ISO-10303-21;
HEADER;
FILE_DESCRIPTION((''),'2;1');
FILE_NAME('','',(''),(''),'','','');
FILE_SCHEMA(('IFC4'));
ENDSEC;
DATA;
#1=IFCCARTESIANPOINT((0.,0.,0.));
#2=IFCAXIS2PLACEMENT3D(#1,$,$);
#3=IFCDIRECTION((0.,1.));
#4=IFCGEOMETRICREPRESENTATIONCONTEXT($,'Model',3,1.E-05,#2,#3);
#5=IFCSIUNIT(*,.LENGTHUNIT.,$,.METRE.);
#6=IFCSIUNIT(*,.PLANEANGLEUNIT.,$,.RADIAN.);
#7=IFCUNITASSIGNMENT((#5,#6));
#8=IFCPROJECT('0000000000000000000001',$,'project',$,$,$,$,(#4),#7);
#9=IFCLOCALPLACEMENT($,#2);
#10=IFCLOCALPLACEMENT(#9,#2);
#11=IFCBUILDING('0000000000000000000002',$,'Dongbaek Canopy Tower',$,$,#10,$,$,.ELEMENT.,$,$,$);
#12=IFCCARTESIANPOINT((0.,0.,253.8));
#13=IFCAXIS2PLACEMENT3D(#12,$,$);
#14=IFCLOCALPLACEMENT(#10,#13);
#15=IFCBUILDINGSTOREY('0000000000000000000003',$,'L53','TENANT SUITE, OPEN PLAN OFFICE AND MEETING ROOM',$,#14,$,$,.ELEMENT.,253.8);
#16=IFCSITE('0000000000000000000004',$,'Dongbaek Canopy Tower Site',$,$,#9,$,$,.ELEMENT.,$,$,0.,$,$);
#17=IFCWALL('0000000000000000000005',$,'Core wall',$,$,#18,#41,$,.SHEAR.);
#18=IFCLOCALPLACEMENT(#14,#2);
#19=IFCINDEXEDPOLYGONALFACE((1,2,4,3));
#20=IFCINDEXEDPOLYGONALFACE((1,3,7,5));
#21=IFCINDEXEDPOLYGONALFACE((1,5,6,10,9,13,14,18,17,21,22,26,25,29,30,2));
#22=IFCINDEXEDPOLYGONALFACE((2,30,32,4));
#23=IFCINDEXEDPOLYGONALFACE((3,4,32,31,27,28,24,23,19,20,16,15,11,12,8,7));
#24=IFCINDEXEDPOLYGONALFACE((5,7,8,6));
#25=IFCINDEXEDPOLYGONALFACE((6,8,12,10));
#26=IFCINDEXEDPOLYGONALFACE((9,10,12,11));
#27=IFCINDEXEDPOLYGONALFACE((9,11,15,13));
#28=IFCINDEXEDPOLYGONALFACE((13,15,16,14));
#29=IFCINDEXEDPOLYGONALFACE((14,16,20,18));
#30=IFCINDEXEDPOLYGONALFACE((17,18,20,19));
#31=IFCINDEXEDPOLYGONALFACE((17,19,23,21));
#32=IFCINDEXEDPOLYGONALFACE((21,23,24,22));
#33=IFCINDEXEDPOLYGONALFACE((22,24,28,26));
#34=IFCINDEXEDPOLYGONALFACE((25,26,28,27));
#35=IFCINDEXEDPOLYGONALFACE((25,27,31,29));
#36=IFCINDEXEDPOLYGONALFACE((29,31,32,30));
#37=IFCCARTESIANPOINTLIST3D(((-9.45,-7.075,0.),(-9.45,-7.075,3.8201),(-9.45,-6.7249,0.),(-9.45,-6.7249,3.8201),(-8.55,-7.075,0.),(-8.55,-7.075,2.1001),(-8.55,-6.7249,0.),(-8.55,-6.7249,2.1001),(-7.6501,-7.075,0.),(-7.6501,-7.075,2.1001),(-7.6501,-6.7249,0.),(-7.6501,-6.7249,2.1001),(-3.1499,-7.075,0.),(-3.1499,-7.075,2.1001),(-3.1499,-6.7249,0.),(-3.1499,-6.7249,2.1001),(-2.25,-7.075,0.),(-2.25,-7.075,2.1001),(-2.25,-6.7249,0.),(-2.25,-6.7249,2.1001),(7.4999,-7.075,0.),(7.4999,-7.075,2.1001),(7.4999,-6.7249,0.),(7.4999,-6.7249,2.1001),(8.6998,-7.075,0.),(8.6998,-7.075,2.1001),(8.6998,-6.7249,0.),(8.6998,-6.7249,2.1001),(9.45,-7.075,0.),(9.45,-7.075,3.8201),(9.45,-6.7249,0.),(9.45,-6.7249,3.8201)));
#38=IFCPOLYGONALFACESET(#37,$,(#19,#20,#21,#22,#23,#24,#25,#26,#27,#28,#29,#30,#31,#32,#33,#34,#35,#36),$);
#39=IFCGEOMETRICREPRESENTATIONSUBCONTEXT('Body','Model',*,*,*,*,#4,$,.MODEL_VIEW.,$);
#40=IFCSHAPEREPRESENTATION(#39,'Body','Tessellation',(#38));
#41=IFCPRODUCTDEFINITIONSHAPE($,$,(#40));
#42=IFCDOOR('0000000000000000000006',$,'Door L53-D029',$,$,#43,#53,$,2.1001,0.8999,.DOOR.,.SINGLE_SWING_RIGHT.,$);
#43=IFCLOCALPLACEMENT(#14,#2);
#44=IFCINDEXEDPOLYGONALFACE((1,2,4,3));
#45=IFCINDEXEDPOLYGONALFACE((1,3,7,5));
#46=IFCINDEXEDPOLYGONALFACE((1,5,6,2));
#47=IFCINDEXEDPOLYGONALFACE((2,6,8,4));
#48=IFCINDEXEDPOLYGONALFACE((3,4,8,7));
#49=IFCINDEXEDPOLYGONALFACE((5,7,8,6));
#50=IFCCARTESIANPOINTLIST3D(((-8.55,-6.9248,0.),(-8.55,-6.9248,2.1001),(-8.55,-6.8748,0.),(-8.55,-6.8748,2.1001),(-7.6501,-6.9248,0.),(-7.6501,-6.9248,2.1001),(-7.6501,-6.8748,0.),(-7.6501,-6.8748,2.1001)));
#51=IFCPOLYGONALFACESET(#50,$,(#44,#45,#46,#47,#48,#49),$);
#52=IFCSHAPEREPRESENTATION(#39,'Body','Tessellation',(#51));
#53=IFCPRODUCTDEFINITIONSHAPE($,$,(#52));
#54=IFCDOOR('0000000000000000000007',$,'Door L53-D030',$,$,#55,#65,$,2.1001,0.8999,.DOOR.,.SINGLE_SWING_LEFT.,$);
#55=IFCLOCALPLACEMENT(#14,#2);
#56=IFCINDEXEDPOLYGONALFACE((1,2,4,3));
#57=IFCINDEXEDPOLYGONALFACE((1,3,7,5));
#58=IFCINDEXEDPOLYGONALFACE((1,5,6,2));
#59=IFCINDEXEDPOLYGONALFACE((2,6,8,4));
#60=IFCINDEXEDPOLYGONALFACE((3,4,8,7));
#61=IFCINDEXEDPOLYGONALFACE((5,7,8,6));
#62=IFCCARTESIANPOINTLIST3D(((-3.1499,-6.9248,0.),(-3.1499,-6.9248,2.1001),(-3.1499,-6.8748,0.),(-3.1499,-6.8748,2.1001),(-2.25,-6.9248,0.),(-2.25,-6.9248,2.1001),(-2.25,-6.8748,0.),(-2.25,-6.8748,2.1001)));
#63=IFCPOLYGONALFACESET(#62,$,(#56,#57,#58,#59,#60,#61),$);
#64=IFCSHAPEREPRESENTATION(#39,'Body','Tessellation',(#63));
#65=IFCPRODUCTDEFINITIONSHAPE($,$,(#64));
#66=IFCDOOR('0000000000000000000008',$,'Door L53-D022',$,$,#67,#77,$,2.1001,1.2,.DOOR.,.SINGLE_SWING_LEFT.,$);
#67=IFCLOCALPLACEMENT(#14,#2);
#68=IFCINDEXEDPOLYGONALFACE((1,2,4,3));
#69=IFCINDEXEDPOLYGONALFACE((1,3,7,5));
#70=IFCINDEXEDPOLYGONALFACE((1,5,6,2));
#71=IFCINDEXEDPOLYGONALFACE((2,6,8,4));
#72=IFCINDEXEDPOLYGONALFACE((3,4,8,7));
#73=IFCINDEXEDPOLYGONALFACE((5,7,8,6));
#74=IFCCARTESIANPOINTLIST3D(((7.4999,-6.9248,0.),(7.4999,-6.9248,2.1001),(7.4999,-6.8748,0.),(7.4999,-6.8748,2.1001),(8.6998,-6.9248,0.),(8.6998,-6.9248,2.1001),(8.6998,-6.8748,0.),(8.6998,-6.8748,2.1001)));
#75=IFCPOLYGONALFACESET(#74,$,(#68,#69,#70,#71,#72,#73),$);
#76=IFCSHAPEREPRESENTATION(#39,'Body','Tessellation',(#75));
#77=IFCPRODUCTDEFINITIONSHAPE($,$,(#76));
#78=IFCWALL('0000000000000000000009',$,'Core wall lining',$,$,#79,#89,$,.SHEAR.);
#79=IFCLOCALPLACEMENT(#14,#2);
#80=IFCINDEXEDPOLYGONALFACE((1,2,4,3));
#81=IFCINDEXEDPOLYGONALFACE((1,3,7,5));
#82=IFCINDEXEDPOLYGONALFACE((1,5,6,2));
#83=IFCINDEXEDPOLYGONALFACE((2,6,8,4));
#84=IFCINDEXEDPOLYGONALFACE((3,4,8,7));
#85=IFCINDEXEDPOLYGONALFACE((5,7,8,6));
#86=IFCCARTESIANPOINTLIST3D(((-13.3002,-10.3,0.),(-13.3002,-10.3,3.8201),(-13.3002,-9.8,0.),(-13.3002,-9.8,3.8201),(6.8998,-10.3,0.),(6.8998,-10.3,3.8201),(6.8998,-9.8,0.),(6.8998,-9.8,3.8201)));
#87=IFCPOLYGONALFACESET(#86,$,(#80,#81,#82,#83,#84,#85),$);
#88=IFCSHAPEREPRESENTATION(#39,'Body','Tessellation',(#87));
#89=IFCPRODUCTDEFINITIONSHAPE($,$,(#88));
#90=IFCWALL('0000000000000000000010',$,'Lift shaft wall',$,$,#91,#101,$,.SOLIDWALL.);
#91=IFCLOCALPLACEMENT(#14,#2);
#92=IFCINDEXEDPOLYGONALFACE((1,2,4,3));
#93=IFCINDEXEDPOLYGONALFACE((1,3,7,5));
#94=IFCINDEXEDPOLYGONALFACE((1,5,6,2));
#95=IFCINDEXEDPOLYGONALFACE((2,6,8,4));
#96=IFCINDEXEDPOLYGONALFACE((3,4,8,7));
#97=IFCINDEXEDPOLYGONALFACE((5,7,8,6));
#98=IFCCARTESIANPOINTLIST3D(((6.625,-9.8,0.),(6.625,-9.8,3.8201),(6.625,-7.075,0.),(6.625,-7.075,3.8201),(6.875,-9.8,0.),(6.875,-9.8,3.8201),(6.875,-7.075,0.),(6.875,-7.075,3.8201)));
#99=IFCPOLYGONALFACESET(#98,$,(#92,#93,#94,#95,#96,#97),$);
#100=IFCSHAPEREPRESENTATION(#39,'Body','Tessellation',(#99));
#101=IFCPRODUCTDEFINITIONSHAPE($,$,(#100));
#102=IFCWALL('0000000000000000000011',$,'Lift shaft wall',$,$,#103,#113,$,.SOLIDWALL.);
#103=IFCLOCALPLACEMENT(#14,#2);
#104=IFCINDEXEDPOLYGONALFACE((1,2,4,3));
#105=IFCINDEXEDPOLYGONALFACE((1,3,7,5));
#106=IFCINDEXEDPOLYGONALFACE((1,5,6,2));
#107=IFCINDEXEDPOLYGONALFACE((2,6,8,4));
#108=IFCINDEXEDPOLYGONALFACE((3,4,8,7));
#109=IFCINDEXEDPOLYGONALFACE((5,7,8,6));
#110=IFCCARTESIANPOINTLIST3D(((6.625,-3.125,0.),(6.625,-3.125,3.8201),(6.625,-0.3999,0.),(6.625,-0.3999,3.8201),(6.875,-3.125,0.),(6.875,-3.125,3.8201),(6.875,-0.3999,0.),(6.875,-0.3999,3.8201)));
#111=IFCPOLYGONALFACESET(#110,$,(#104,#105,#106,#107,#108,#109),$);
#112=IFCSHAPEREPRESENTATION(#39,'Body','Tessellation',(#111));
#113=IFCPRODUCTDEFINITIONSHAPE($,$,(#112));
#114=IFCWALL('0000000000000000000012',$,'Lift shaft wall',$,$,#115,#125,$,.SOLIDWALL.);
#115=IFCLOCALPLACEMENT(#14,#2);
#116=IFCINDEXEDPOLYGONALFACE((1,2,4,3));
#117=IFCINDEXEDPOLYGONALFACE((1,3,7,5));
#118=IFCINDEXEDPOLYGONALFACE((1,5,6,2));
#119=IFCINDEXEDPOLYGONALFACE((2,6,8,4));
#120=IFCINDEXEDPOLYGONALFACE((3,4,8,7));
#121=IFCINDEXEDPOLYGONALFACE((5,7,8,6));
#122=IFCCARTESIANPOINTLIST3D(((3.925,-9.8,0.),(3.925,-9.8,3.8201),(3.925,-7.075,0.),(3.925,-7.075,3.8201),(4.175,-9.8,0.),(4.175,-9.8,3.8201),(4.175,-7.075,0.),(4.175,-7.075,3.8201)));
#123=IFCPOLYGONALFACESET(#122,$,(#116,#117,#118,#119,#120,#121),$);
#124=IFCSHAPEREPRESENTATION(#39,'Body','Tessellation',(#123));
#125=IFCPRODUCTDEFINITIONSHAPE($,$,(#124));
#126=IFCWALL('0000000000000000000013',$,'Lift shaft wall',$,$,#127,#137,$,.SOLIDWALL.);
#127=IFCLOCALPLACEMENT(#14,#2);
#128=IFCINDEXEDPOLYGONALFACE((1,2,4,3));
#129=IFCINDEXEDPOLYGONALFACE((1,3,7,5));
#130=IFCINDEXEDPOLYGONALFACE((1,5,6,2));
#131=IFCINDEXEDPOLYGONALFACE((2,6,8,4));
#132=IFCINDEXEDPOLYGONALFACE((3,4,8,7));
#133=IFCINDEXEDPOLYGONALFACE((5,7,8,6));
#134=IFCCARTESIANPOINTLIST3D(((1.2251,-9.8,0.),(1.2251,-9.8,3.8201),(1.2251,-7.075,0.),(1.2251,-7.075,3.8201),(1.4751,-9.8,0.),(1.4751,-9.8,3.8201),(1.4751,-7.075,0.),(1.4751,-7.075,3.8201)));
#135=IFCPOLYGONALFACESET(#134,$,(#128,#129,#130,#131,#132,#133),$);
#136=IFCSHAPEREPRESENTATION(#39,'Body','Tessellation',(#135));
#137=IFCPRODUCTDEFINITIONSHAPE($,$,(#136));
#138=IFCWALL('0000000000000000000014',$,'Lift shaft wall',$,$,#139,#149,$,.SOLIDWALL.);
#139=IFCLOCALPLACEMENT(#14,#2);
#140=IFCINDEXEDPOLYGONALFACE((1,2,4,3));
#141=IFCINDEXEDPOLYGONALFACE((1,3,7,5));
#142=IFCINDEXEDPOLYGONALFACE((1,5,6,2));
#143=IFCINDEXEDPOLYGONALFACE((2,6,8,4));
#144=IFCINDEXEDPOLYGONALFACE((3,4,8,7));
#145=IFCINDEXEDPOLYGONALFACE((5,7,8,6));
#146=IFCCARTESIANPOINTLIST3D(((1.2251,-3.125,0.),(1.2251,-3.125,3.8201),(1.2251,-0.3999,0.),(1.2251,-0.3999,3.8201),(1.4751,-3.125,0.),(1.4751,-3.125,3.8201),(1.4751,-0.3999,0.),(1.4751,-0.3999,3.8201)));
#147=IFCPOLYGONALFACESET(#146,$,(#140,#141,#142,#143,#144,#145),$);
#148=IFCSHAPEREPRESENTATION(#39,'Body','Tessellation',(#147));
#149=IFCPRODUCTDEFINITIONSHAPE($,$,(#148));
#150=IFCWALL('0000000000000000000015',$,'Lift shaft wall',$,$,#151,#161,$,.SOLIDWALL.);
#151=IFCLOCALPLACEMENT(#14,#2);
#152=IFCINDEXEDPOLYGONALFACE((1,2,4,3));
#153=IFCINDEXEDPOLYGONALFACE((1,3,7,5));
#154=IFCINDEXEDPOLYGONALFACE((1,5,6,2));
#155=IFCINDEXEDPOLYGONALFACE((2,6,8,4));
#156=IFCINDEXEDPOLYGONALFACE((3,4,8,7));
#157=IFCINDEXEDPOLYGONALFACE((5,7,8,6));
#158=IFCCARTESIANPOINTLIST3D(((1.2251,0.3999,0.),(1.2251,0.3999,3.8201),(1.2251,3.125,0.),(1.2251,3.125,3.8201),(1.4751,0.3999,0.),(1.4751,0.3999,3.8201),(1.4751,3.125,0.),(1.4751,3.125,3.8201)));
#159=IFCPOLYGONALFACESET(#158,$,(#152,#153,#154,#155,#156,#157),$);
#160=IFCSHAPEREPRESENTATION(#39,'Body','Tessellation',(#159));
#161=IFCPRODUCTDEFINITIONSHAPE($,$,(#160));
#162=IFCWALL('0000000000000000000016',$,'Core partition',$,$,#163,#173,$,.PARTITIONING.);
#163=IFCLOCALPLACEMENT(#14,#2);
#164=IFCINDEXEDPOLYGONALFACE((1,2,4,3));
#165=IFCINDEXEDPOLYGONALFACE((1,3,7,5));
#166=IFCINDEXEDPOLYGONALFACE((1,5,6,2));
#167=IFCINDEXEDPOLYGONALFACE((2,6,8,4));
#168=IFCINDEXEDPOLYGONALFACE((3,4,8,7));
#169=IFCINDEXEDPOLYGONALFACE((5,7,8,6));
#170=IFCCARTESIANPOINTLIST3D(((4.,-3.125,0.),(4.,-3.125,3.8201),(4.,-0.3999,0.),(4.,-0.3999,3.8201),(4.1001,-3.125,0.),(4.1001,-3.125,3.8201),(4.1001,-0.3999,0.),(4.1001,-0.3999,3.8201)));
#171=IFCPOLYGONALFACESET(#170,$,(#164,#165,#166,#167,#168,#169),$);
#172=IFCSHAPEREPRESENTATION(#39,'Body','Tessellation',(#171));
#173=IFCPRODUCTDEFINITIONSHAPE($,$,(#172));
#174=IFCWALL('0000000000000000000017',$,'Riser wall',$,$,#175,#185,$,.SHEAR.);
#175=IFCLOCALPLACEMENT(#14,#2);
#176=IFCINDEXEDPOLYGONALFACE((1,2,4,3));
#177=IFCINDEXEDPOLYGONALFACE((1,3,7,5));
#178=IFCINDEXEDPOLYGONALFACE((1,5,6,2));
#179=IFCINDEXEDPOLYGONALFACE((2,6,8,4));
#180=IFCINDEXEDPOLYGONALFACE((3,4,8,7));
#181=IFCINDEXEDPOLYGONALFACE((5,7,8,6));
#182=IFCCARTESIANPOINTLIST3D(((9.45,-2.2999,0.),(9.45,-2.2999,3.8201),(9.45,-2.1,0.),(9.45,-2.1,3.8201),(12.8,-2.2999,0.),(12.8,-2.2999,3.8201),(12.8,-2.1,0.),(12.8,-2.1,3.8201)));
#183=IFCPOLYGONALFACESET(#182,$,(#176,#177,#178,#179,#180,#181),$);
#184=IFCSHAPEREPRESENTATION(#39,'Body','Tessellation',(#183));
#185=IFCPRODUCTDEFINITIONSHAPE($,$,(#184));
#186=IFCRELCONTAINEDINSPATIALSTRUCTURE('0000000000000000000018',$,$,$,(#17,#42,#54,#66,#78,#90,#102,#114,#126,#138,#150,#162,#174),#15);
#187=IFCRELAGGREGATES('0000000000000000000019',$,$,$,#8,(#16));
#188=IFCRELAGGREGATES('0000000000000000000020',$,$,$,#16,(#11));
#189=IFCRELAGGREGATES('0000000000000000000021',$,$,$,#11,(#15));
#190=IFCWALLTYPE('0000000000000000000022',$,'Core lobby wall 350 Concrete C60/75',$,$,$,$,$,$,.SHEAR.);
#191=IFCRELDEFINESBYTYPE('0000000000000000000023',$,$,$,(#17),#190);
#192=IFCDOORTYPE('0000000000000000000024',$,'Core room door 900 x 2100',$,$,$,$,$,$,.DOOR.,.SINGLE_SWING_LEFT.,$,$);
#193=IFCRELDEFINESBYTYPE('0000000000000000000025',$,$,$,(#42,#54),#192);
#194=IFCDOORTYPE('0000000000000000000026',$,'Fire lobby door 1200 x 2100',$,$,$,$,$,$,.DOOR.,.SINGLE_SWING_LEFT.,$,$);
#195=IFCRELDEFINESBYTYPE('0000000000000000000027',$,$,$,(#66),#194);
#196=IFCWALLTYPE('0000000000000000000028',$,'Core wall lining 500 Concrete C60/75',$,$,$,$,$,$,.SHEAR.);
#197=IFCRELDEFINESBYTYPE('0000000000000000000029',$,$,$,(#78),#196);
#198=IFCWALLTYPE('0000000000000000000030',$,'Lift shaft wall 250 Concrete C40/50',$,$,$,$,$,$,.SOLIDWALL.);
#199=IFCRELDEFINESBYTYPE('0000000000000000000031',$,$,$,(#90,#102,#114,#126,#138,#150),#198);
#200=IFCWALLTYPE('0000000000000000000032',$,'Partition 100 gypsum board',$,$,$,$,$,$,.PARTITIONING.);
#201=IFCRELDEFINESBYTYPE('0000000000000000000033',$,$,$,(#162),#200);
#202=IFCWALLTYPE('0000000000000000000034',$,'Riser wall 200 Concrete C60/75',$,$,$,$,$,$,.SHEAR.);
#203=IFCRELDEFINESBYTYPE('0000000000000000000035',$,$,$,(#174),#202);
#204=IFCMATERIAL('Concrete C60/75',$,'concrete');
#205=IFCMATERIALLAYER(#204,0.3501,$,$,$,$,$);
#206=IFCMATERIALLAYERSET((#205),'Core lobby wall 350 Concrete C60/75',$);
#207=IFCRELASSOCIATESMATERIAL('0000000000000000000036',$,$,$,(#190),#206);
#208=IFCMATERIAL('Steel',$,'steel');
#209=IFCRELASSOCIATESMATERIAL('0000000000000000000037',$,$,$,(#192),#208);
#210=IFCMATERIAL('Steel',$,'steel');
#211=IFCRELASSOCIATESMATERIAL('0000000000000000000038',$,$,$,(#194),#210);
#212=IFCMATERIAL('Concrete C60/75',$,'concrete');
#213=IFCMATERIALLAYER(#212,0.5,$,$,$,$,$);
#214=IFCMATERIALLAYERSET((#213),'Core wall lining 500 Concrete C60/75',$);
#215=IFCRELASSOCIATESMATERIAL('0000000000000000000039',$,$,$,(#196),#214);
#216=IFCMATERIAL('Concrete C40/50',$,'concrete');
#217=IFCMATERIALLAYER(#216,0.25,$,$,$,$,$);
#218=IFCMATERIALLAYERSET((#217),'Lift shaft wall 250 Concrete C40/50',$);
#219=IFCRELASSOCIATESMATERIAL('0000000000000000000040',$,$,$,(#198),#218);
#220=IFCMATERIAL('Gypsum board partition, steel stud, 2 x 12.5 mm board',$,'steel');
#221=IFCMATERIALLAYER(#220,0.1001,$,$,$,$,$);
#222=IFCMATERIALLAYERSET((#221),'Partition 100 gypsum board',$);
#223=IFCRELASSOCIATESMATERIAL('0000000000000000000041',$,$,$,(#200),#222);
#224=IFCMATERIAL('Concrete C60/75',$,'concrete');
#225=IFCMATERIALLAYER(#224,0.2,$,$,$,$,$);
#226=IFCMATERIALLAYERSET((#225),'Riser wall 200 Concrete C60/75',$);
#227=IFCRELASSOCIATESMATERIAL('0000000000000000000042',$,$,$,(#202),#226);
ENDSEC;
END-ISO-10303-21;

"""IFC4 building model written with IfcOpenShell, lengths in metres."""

from ifc_helpers import new_model, si_unit, direction, frame, frame_2d, origin, place, context, subcontext, project, spatial, rectangle, extrude, material, layer, layer_set, type_object, element, fill, save


model = new_model("IFC4")

# Units and contexts
model_context = context("Model", 3, precision=1e-05, world=origin(), true_north=direction((0.0, 1.0)))
body_context = subcontext(model_context, "Body", "Model", "MODEL_VIEW")
ifc_project = project(units=[si_unit("LENGTHUNIT", "METRE"), si_unit("PLANEANGLEUNIT", "RADIAN")], contexts=[model_context])

# Site, building, storey
site_placement = place(None, origin())
site = spatial("IfcSite", under=ifc_project, at=site_placement, Name="Dongbaek Canopy Tower Site", CompositionType="ELEMENT", RefElevation=0.0)
building_placement = place(site_placement, origin())
building = spatial("IfcBuilding", under=site, at=building_placement, Name="Dongbaek Canopy Tower", CompositionType="ELEMENT")
storey_placement = place(building_placement, frame((0.0, 0.0, 253.8)))
storey = spatial("IfcBuildingStorey", under=building, at=storey_placement, Name="L53", Description="TENANT SUITE, OPEN PLAN OFFICE AND MEETING ROOM", CompositionType="ELEMENT", Elevation=253.8)

# Wall, openings, doors
ifc_material_1 = material(Name="Concrete C60/75", Category="concrete")
ifc_layer_1 = layer(ifc_material_1, 0.3501)
ifc_layer_set_1 = layer_set([ifc_layer_1], Name="Core lobby wall 350 Concrete C60/75")
wall_type_1 = type_object("IfcWallType", Name="Core lobby wall 350 Concrete C60/75", PredefinedType="SHEAR", material=ifc_layer_set_1)
wall_1_placement = place(storey_placement, frame((9.45, -6.8999, 0.0), z_axis=(0.0, 0.0, 1.0), x_axis=(-1.0, 0.0, 0.0)))
wall_1 = element("IfcWall", 1, at=wall_1_placement, inside=storey, type_object=wall_type_1, Name="Core wall", PredefinedType="SHEAR", context=body_context, shape_type="SweptSolid", body=[
    extrude(rectangle(XDim=18.8999, YDim=0.3501, at=frame_2d((9.45, 0.0))), origin(), (0.0, 0.0, 1.0), 3.8201),
])
opening_1_placement = place(wall_1_placement, frame((0.75, 0.0, 0.0)))
opening_1 = element("IfcOpeningElement", 2, at=opening_1_placement, cuts=wall_1, PredefinedType="OPENING", context=body_context, shape_type="SweptSolid", body=[
    extrude(rectangle(XDim=1.2, YDim=2.1001, at=frame_2d((0.6001, 1.05))), frame((0.0, 0.1851, 0.0), z_axis=(0.0, -1.0, 0.0), x_axis=(1.0, 0.0, 0.0)), (0.0, 0.0, 1.0), 0.3701),
])
opening_2_placement = place(wall_1_placement, frame((17.1001, 0.0, 0.0)))
opening_2 = element("IfcOpeningElement", 3, at=opening_2_placement, cuts=wall_1, PredefinedType="OPENING", context=body_context, shape_type="SweptSolid", body=[
    extrude(rectangle(XDim=0.8999, YDim=2.1001, at=frame_2d((0.45, 1.05))), frame((0.0, 0.1851, 0.0), z_axis=(0.0, -1.0, 0.0), x_axis=(1.0, 0.0, 0.0)), (0.0, 0.0, 1.0), 0.3701),
])
opening_3_placement = place(wall_1_placement, frame((11.7, 0.0, 0.0)))
opening_3 = element("IfcOpeningElement", 4, at=opening_3_placement, cuts=wall_1, PredefinedType="OPENING", context=body_context, shape_type="SweptSolid", body=[
    extrude(rectangle(XDim=0.8999, YDim=2.1001, at=frame_2d((0.45, 1.05))), frame((0.0, 0.1851, 0.0), z_axis=(0.0, -1.0, 0.0), x_axis=(1.0, 0.0, 0.0)), (0.0, 0.0, 1.0), 0.3701),
])
ifc_material_2 = material(Name="Steel", Category="steel")
door_type_1 = type_object("IfcDoorType", Name="Core room door 900 x 2100", OperationType="SINGLE_SWING_LEFT", PredefinedType="DOOR", material=ifc_material_2)
door_1_placement = place(opening_2_placement, origin())
door_1 = element("IfcDoor", 5, at=door_1_placement, inside=storey, type_object=door_type_1, Name="Door L53-D029", OperationType="SINGLE_SWING_RIGHT", OverallHeight=2.1001, OverallWidth=0.8999, PredefinedType="DOOR", context=body_context, shape_type="SweptSolid", body=[
    extrude(rectangle(XDim=0.8999, YDim=2.1001, at=frame_2d((0.45, 1.05))), frame((0.0, 0.0249, 0.0), z_axis=(0.0, -1.0, 0.0), x_axis=(1.0, 0.0, 0.0)), (0.0, 0.0, 1.0), 0.05),
])
fill(opening_2, door_1)
door_2_placement = place(opening_3_placement, origin())
door_2 = element("IfcDoor", 6, at=door_2_placement, inside=storey, type_object=door_type_1, Name="Door L53-D030", OperationType="SINGLE_SWING_LEFT", OverallHeight=2.1001, OverallWidth=0.8999, PredefinedType="DOOR", context=body_context, shape_type="SweptSolid", body=[
    extrude(rectangle(XDim=0.8999, YDim=2.1001, at=frame_2d((0.45, 1.05))), frame((0.0, 0.0249, 0.0), z_axis=(0.0, -1.0, 0.0), x_axis=(1.0, 0.0, 0.0)), (0.0, 0.0, 1.0), 0.05),
])
fill(opening_3, door_2)
ifc_material_3 = material(Name="Steel", Category="steel")
door_type_2 = type_object("IfcDoorType", Name="Fire lobby door 1200 x 2100", OperationType="SINGLE_SWING_LEFT", PredefinedType="DOOR", material=ifc_material_3)
door_3_placement = place(opening_1_placement, origin())
door_3 = element("IfcDoor", 7, at=door_3_placement, inside=storey, type_object=door_type_2, Name="Door L53-D022", OperationType="SINGLE_SWING_LEFT", OverallHeight=2.1001, OverallWidth=1.2, PredefinedType="DOOR", context=body_context, shape_type="SweptSolid", body=[
    extrude(rectangle(XDim=1.2, YDim=2.1001, at=frame_2d((0.6001, 1.05))), frame((0.0, 0.0249, 0.0), z_axis=(0.0, -1.0, 0.0), x_axis=(1.0, 0.0, 0.0)), (0.0, 0.0, 1.0), 0.05),
])
fill(opening_1, door_3)

# Walls
ifc_material_4 = material(Name="Concrete C60/75", Category="concrete")
ifc_layer_2 = layer(ifc_material_4, 0.5)
ifc_layer_set_2 = layer_set([ifc_layer_2], Name="Core wall lining 500 Concrete C60/75")
wall_type_2 = type_object("IfcWallType", Name="Core wall lining 500 Concrete C60/75", PredefinedType="SHEAR", material=ifc_layer_set_2)
wall_2_placement = place(storey_placement, frame((6.8999, -10.05, 0.0), z_axis=(0.0, 0.0, 1.0), x_axis=(-1.0, 0.0, 0.0)))
element("IfcWall", 8, at=wall_2_placement, inside=storey, type_object=wall_type_2, Name="Core wall lining", PredefinedType="SHEAR", context=body_context, shape_type="SweptSolid", body=[
    extrude(rectangle(XDim=20.2, YDim=0.5, at=frame_2d((10.1001, 0.0))), origin(), (0.0, 0.0, 1.0), 3.8201),
])
ifc_material_5 = material(Name="Concrete C40/50", Category="concrete")
ifc_layer_3 = layer(ifc_material_5, 0.25)
ifc_layer_set_3 = layer_set([ifc_layer_3], Name="Lift shaft wall 250 Concrete C40/50")
wall_type_3 = type_object("IfcWallType", Name="Lift shaft wall 250 Concrete C40/50", PredefinedType="SOLIDWALL", material=ifc_layer_set_3)
for number, where, z_axis, x_axis, name in (
    (9, (6.75, -9.8, 0.0), (0.0, 0.0, 1.0), (0.0, 1.0, 0.0), "Lift shaft wall"),
    (10, (6.75, -3.125, 0.0), (0.0, 0.0, 1.0), (0.0, 1.0, 0.0), "Lift shaft wall"),
    (11, (4.05, -9.8, 0.0), (0.0, 0.0, 1.0), (0.0, 1.0, 0.0), "Lift shaft wall"),
    (12, (1.3501, -9.8, 0.0), (0.0, 0.0, 1.0), (0.0, 1.0, 0.0), "Lift shaft wall"),
    (13, (1.3501, -3.125, 0.0), (0.0, 0.0, 1.0), (0.0, 1.0, 0.0), "Lift shaft wall"),
    (14, (1.3501, 0.3999, 0.0), (0.0, 0.0, 1.0), (0.0, 1.0, 0.0), "Lift shaft wall"),
):
    element("IfcWall", number, at=place(storey_placement, frame(where, z_axis=z_axis, x_axis=x_axis)), inside=storey, type_object=wall_type_3, Name=name, PredefinedType="SOLIDWALL", context=body_context, shape_type="SweptSolid", body=[
        extrude(rectangle(XDim=2.7251, YDim=0.25, at=frame_2d((1.3625, 0.0))), origin(), (0.0, 0.0, 1.0), 3.8201),
    ])
ifc_material_6 = material(Name="Gypsum board partition, steel stud, 2 x 12.5 mm board", Category="steel")
ifc_layer_4 = layer(ifc_material_6, 0.1001)
ifc_layer_set_4 = layer_set([ifc_layer_4], Name="Partition 100 gypsum board")
wall_type_4 = type_object("IfcWallType", Name="Partition 100 gypsum board", PredefinedType="PARTITIONING", material=ifc_layer_set_4)
wall_3_placement = place(storey_placement, frame((4.05, -3.125, 0.0), z_axis=(0.0, 0.0, 1.0), x_axis=(0.0, 1.0, 0.0)))
element("IfcWall", 15, at=wall_3_placement, inside=storey, type_object=wall_type_4, Name="Core partition", PredefinedType="PARTITIONING", context=body_context, shape_type="SweptSolid", body=[
    extrude(rectangle(XDim=2.7251, YDim=0.1001, at=frame_2d((1.3625, 0.0))), origin(), (0.0, 0.0, 1.0), 3.8201),
])
ifc_material_7 = material(Name="Concrete C60/75", Category="concrete")
ifc_layer_5 = layer(ifc_material_7, 0.2)
ifc_layer_set_5 = layer_set([ifc_layer_5], Name="Riser wall 200 Concrete C60/75")
wall_type_5 = type_object("IfcWallType", Name="Riser wall 200 Concrete C60/75", PredefinedType="SHEAR", material=ifc_layer_set_5)
wall_4_placement = place(storey_placement, frame((9.45, -2.2, 0.0), z_axis=(0.0, 0.0, 1.0), x_axis=(1.0, 0.0, 0.0)))
element("IfcWall", 16, at=wall_4_placement, inside=storey, type_object=wall_type_5, Name="Riser wall", PredefinedType="SHEAR", context=body_context, shape_type="SweptSolid", body=[
    extrude(rectangle(XDim=3.3501, YDim=0.2, at=frame_2d((1.675, 0.0))), origin(), (0.0, 0.0, 1.0), 3.8201),
])

save(model, "model.ifc")
